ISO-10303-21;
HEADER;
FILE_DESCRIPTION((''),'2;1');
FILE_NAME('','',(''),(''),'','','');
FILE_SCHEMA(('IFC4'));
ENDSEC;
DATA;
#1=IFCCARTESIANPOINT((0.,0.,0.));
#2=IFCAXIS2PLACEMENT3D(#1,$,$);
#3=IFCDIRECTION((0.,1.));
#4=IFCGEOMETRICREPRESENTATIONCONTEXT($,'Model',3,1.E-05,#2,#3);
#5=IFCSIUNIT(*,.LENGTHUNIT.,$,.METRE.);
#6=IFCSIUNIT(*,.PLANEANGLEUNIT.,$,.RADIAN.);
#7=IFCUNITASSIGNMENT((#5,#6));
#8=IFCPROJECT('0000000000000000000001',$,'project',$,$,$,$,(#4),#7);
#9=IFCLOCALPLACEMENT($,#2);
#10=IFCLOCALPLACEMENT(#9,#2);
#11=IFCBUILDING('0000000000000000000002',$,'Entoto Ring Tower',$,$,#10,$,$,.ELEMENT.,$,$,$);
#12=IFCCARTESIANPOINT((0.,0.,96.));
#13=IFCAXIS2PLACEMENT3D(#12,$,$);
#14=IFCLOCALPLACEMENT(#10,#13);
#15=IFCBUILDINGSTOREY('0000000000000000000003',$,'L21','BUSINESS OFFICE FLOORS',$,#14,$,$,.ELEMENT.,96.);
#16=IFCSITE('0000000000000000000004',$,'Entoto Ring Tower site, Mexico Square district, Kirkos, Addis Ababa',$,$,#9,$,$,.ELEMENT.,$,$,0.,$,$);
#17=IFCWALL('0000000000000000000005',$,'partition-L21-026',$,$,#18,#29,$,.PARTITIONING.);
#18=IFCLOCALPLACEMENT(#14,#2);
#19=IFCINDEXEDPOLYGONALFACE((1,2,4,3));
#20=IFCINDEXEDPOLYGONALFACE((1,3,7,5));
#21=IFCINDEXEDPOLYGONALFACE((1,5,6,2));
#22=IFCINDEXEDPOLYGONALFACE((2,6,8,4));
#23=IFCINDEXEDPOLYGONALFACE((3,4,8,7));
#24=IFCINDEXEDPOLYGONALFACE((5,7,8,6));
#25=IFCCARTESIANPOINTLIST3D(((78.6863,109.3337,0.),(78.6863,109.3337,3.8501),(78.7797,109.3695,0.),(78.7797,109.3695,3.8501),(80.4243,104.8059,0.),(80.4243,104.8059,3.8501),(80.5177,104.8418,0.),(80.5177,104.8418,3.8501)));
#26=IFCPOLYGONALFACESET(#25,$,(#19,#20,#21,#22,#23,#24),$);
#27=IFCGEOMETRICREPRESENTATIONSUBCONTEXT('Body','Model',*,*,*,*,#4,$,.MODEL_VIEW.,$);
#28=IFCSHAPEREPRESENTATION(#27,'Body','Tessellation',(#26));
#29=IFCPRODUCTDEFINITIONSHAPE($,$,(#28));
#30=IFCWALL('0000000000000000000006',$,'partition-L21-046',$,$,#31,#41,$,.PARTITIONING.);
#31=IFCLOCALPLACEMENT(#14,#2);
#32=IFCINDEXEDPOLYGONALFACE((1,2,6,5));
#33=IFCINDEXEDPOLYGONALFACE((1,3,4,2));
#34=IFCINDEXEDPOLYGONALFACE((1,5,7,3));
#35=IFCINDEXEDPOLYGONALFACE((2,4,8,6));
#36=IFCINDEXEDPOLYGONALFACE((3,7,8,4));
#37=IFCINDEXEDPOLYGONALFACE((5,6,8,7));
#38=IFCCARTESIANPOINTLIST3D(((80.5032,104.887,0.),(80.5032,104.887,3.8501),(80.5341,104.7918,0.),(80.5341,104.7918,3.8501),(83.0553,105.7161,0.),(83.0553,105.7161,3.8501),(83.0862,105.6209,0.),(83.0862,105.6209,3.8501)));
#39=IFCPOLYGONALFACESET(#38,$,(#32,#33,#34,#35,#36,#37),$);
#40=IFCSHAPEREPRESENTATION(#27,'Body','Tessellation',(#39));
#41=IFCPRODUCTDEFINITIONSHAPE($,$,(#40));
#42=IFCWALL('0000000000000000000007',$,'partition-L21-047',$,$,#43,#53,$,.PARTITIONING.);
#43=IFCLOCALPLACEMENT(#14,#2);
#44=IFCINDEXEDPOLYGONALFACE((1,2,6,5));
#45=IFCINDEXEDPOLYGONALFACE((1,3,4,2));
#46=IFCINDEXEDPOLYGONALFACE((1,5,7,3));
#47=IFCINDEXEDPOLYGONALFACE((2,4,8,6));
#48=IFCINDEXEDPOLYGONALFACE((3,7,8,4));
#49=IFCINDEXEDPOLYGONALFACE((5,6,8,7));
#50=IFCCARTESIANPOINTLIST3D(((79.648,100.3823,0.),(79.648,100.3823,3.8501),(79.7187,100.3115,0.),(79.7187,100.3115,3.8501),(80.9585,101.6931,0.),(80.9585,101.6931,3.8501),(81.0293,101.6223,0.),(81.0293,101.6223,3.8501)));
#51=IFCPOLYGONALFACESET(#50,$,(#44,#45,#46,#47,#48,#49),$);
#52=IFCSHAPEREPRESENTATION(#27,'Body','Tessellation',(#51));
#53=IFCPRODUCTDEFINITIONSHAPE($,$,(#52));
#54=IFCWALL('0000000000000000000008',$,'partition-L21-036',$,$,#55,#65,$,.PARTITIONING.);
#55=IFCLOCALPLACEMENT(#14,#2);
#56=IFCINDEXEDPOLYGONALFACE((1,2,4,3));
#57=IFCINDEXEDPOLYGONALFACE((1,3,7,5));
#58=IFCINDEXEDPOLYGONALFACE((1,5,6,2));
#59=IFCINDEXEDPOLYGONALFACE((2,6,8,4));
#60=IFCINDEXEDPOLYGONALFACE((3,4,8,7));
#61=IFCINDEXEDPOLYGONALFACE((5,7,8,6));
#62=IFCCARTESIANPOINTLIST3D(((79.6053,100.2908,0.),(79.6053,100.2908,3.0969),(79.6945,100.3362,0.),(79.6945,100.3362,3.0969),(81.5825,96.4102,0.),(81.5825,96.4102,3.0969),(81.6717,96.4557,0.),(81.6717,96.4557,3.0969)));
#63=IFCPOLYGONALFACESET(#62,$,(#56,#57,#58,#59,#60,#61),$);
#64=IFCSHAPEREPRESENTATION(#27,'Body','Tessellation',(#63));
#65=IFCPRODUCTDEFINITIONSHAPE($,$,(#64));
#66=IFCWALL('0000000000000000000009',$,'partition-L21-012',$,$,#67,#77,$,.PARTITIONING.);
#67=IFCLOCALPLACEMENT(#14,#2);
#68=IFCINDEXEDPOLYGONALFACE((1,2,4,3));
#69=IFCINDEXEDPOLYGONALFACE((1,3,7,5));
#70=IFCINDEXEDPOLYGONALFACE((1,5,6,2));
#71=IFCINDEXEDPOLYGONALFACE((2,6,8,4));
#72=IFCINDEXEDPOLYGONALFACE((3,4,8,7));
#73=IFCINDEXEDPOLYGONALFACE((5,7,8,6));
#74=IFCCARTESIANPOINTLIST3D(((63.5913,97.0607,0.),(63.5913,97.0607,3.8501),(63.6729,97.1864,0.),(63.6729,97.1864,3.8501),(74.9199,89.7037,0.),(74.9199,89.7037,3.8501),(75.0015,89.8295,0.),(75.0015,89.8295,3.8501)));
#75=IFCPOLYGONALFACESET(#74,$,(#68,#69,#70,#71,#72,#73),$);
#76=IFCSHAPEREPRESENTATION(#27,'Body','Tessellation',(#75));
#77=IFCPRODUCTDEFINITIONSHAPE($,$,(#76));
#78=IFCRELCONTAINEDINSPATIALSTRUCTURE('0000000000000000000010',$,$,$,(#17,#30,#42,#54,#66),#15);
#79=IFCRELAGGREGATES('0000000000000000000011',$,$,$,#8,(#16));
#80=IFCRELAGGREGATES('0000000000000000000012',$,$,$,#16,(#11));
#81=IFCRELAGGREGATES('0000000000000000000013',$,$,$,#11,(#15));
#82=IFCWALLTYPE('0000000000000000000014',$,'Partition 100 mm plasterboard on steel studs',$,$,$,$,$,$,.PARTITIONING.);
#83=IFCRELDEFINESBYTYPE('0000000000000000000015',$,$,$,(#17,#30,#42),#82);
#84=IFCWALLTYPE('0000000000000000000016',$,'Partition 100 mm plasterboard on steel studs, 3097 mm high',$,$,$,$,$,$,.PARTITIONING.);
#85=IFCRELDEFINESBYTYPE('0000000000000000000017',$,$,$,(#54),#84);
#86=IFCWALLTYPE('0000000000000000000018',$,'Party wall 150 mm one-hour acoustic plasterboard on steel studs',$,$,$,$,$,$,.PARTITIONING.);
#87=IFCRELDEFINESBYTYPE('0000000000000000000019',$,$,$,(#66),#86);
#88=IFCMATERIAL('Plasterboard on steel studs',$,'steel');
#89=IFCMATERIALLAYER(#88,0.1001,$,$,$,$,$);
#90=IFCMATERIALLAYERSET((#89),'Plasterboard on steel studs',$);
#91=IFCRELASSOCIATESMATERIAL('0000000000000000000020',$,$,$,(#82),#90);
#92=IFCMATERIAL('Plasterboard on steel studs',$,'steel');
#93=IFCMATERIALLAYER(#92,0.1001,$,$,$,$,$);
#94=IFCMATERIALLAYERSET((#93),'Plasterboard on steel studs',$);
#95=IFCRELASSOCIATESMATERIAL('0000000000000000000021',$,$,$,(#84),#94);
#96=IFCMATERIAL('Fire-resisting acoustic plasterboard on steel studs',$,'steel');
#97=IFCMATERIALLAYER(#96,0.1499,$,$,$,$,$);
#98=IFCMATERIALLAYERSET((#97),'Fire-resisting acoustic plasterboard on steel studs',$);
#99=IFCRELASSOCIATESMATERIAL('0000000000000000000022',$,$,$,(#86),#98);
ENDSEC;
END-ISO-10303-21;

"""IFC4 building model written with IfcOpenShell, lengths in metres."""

from ifc_helpers import new_model, si_unit, direction, frame, frame_2d, origin, place, context, subcontext, project, spatial, rectangle, extrude, material, layer, layer_set, type_object, element, save


model = new_model("IFC4")

# Units and contexts
model_context = context("Model", 3, precision=1e-05, world=origin(), true_north=direction((0.0, 1.0)))
body_context = subcontext(model_context, "Body", "Model", "MODEL_VIEW")
ifc_project = project(units=[si_unit("LENGTHUNIT", "METRE"), si_unit("PLANEANGLEUNIT", "RADIAN")], contexts=[model_context])

# Site, building, storey
site_placement = place(None, origin())
site = spatial("IfcSite", under=ifc_project, at=site_placement, Name="Entoto Ring Tower site, Mexico Square district, Kirkos, Addis Ababa", CompositionType="ELEMENT", RefElevation=0.0)
building_placement = place(site_placement, origin())
building = spatial("IfcBuilding", under=site, at=building_placement, Name="Entoto Ring Tower", CompositionType="ELEMENT")
storey_placement = place(building_placement, frame((0.0, 0.0, 96.0)))
storey = spatial("IfcBuildingStorey", under=building, at=storey_placement, Name="L21", Description="BUSINESS OFFICE FLOORS", CompositionType="ELEMENT", Elevation=96.0)

# Shared definitions
ifc_material_1 = material(Name="Plasterboard on steel studs", Category="steel")
ifc_layer_1 = layer(ifc_material_1, 0.1001)
ifc_layer_set_1 = layer_set([ifc_layer_1], Name="Plasterboard on steel studs")
wall_type_1 = type_object("IfcWallType", Name="Partition 100 mm plasterboard on steel studs", PredefinedType="PARTITIONING", material=ifc_layer_set_1)

# Walls
wall_1_placement = place(storey_placement, frame((80.4709, 104.824, 0.0), z_axis=(0.0, 0.0, 1.0), x_axis=(-0.358362, 0.933583, 0.0)))
element("IfcWall", 1, at=wall_1_placement, inside=storey, type_object=wall_type_1, Name="partition-L21-026", PredefinedType="PARTITIONING", context=body_context, shape_type="SweptSolid", body=[
    extrude(rectangle(XDim=4.8499, YDim=0.1001, at=frame_2d((2.4248, 0.0))), origin(), (0.0, 0.0, 1.0), 3.8501),
])
wall_2_placement = place(storey_placement, frame((80.5186, 104.8394, 0.0), z_axis=(0.0, 0.0, 1.0), x_axis=(0.951067, 0.308985, 0.0)))
element("IfcWall", 2, at=wall_2_placement, inside=storey, type_object=wall_type_1, Name="partition-L21-046", PredefinedType="PARTITIONING", context=body_context, shape_type="SweptSolid", body=[
    extrude(rectangle(XDim=2.6833, YDim=0.1001, at=frame_2d((1.3418, 0.0))), origin(), (0.0, 0.0, 1.0), 3.8501),
])
wall_3_placement = place(storey_placement, frame((79.6833, 100.3469, 0.0), z_axis=(0.0, 0.0, 1.0), x_axis=(0.707041, 0.707173, 0.0)))
element("IfcWall", 3, at=wall_3_placement, inside=storey, type_object=wall_type_1, Name="partition-L21-047", PredefinedType="PARTITIONING", context=body_context, shape_type="SweptSolid", body=[
    extrude(rectangle(XDim=1.8535, YDim=0.1001, at=frame_2d((0.9268, 0.0))), origin(), (0.0, 0.0, 1.0), 3.8501),
])
ifc_material_2 = material(Name="Plasterboard on steel studs", Category="steel")
ifc_layer_2 = layer(ifc_material_2, 0.1001)
ifc_layer_set_2 = layer_set([ifc_layer_2], Name="Plasterboard on steel studs")
wall_type_2 = type_object("IfcWallType", Name="Partition 100 mm plasterboard on steel studs, 3097 mm high", PredefinedType="PARTITIONING", material=ifc_layer_set_2)
wall_4_placement = place(storey_placement, frame((81.6272, 96.4329, 0.0), z_axis=(0.0, 0.0, 1.0), x_axis=(-0.453995, 0.891004, 0.0)))
element("IfcWall", 4, at=wall_4_placement, inside=storey, type_object=wall_type_2, Name="partition-L21-036", PredefinedType="PARTITIONING", context=body_context, shape_type="SweptSolid", body=[
    extrude(rectangle(XDim=4.3552, YDim=0.1001, at=frame_2d((2.1777, 0.0))), origin(), (0.0, 0.0, 1.0), 3.0969),
])
ifc_material_3 = material(Name="Fire-resisting acoustic plasterboard on steel studs", Category="steel")
ifc_layer_3 = layer(ifc_material_3, 0.1499)
ifc_layer_set_3 = layer_set([ifc_layer_3], Name="Fire-resisting acoustic plasterboard on steel studs")
wall_type_3 = type_object("IfcWallType", Name="Party wall 150 mm one-hour acoustic plasterboard on steel studs", PredefinedType="PARTITIONING", material=ifc_layer_set_3)
wall_5_placement = place(storey_placement, frame((74.9607, 89.7666, 0.0), z_axis=(0.0, 0.0, 1.0), x_axis=(-0.838669, 0.544641, 0.0)))
element("IfcWall", 5, at=wall_5_placement, inside=storey, type_object=wall_type_3, Name="partition-L21-012", PredefinedType="PARTITIONING", context=body_context, shape_type="SweptSolid", body=[
    extrude(rectangle(XDim=13.5078, YDim=0.1499, at=frame_2d((6.7539, 0.0))), origin(), (0.0, 0.0, 1.0), 3.8501),
])

save(model, "model.ifc")
